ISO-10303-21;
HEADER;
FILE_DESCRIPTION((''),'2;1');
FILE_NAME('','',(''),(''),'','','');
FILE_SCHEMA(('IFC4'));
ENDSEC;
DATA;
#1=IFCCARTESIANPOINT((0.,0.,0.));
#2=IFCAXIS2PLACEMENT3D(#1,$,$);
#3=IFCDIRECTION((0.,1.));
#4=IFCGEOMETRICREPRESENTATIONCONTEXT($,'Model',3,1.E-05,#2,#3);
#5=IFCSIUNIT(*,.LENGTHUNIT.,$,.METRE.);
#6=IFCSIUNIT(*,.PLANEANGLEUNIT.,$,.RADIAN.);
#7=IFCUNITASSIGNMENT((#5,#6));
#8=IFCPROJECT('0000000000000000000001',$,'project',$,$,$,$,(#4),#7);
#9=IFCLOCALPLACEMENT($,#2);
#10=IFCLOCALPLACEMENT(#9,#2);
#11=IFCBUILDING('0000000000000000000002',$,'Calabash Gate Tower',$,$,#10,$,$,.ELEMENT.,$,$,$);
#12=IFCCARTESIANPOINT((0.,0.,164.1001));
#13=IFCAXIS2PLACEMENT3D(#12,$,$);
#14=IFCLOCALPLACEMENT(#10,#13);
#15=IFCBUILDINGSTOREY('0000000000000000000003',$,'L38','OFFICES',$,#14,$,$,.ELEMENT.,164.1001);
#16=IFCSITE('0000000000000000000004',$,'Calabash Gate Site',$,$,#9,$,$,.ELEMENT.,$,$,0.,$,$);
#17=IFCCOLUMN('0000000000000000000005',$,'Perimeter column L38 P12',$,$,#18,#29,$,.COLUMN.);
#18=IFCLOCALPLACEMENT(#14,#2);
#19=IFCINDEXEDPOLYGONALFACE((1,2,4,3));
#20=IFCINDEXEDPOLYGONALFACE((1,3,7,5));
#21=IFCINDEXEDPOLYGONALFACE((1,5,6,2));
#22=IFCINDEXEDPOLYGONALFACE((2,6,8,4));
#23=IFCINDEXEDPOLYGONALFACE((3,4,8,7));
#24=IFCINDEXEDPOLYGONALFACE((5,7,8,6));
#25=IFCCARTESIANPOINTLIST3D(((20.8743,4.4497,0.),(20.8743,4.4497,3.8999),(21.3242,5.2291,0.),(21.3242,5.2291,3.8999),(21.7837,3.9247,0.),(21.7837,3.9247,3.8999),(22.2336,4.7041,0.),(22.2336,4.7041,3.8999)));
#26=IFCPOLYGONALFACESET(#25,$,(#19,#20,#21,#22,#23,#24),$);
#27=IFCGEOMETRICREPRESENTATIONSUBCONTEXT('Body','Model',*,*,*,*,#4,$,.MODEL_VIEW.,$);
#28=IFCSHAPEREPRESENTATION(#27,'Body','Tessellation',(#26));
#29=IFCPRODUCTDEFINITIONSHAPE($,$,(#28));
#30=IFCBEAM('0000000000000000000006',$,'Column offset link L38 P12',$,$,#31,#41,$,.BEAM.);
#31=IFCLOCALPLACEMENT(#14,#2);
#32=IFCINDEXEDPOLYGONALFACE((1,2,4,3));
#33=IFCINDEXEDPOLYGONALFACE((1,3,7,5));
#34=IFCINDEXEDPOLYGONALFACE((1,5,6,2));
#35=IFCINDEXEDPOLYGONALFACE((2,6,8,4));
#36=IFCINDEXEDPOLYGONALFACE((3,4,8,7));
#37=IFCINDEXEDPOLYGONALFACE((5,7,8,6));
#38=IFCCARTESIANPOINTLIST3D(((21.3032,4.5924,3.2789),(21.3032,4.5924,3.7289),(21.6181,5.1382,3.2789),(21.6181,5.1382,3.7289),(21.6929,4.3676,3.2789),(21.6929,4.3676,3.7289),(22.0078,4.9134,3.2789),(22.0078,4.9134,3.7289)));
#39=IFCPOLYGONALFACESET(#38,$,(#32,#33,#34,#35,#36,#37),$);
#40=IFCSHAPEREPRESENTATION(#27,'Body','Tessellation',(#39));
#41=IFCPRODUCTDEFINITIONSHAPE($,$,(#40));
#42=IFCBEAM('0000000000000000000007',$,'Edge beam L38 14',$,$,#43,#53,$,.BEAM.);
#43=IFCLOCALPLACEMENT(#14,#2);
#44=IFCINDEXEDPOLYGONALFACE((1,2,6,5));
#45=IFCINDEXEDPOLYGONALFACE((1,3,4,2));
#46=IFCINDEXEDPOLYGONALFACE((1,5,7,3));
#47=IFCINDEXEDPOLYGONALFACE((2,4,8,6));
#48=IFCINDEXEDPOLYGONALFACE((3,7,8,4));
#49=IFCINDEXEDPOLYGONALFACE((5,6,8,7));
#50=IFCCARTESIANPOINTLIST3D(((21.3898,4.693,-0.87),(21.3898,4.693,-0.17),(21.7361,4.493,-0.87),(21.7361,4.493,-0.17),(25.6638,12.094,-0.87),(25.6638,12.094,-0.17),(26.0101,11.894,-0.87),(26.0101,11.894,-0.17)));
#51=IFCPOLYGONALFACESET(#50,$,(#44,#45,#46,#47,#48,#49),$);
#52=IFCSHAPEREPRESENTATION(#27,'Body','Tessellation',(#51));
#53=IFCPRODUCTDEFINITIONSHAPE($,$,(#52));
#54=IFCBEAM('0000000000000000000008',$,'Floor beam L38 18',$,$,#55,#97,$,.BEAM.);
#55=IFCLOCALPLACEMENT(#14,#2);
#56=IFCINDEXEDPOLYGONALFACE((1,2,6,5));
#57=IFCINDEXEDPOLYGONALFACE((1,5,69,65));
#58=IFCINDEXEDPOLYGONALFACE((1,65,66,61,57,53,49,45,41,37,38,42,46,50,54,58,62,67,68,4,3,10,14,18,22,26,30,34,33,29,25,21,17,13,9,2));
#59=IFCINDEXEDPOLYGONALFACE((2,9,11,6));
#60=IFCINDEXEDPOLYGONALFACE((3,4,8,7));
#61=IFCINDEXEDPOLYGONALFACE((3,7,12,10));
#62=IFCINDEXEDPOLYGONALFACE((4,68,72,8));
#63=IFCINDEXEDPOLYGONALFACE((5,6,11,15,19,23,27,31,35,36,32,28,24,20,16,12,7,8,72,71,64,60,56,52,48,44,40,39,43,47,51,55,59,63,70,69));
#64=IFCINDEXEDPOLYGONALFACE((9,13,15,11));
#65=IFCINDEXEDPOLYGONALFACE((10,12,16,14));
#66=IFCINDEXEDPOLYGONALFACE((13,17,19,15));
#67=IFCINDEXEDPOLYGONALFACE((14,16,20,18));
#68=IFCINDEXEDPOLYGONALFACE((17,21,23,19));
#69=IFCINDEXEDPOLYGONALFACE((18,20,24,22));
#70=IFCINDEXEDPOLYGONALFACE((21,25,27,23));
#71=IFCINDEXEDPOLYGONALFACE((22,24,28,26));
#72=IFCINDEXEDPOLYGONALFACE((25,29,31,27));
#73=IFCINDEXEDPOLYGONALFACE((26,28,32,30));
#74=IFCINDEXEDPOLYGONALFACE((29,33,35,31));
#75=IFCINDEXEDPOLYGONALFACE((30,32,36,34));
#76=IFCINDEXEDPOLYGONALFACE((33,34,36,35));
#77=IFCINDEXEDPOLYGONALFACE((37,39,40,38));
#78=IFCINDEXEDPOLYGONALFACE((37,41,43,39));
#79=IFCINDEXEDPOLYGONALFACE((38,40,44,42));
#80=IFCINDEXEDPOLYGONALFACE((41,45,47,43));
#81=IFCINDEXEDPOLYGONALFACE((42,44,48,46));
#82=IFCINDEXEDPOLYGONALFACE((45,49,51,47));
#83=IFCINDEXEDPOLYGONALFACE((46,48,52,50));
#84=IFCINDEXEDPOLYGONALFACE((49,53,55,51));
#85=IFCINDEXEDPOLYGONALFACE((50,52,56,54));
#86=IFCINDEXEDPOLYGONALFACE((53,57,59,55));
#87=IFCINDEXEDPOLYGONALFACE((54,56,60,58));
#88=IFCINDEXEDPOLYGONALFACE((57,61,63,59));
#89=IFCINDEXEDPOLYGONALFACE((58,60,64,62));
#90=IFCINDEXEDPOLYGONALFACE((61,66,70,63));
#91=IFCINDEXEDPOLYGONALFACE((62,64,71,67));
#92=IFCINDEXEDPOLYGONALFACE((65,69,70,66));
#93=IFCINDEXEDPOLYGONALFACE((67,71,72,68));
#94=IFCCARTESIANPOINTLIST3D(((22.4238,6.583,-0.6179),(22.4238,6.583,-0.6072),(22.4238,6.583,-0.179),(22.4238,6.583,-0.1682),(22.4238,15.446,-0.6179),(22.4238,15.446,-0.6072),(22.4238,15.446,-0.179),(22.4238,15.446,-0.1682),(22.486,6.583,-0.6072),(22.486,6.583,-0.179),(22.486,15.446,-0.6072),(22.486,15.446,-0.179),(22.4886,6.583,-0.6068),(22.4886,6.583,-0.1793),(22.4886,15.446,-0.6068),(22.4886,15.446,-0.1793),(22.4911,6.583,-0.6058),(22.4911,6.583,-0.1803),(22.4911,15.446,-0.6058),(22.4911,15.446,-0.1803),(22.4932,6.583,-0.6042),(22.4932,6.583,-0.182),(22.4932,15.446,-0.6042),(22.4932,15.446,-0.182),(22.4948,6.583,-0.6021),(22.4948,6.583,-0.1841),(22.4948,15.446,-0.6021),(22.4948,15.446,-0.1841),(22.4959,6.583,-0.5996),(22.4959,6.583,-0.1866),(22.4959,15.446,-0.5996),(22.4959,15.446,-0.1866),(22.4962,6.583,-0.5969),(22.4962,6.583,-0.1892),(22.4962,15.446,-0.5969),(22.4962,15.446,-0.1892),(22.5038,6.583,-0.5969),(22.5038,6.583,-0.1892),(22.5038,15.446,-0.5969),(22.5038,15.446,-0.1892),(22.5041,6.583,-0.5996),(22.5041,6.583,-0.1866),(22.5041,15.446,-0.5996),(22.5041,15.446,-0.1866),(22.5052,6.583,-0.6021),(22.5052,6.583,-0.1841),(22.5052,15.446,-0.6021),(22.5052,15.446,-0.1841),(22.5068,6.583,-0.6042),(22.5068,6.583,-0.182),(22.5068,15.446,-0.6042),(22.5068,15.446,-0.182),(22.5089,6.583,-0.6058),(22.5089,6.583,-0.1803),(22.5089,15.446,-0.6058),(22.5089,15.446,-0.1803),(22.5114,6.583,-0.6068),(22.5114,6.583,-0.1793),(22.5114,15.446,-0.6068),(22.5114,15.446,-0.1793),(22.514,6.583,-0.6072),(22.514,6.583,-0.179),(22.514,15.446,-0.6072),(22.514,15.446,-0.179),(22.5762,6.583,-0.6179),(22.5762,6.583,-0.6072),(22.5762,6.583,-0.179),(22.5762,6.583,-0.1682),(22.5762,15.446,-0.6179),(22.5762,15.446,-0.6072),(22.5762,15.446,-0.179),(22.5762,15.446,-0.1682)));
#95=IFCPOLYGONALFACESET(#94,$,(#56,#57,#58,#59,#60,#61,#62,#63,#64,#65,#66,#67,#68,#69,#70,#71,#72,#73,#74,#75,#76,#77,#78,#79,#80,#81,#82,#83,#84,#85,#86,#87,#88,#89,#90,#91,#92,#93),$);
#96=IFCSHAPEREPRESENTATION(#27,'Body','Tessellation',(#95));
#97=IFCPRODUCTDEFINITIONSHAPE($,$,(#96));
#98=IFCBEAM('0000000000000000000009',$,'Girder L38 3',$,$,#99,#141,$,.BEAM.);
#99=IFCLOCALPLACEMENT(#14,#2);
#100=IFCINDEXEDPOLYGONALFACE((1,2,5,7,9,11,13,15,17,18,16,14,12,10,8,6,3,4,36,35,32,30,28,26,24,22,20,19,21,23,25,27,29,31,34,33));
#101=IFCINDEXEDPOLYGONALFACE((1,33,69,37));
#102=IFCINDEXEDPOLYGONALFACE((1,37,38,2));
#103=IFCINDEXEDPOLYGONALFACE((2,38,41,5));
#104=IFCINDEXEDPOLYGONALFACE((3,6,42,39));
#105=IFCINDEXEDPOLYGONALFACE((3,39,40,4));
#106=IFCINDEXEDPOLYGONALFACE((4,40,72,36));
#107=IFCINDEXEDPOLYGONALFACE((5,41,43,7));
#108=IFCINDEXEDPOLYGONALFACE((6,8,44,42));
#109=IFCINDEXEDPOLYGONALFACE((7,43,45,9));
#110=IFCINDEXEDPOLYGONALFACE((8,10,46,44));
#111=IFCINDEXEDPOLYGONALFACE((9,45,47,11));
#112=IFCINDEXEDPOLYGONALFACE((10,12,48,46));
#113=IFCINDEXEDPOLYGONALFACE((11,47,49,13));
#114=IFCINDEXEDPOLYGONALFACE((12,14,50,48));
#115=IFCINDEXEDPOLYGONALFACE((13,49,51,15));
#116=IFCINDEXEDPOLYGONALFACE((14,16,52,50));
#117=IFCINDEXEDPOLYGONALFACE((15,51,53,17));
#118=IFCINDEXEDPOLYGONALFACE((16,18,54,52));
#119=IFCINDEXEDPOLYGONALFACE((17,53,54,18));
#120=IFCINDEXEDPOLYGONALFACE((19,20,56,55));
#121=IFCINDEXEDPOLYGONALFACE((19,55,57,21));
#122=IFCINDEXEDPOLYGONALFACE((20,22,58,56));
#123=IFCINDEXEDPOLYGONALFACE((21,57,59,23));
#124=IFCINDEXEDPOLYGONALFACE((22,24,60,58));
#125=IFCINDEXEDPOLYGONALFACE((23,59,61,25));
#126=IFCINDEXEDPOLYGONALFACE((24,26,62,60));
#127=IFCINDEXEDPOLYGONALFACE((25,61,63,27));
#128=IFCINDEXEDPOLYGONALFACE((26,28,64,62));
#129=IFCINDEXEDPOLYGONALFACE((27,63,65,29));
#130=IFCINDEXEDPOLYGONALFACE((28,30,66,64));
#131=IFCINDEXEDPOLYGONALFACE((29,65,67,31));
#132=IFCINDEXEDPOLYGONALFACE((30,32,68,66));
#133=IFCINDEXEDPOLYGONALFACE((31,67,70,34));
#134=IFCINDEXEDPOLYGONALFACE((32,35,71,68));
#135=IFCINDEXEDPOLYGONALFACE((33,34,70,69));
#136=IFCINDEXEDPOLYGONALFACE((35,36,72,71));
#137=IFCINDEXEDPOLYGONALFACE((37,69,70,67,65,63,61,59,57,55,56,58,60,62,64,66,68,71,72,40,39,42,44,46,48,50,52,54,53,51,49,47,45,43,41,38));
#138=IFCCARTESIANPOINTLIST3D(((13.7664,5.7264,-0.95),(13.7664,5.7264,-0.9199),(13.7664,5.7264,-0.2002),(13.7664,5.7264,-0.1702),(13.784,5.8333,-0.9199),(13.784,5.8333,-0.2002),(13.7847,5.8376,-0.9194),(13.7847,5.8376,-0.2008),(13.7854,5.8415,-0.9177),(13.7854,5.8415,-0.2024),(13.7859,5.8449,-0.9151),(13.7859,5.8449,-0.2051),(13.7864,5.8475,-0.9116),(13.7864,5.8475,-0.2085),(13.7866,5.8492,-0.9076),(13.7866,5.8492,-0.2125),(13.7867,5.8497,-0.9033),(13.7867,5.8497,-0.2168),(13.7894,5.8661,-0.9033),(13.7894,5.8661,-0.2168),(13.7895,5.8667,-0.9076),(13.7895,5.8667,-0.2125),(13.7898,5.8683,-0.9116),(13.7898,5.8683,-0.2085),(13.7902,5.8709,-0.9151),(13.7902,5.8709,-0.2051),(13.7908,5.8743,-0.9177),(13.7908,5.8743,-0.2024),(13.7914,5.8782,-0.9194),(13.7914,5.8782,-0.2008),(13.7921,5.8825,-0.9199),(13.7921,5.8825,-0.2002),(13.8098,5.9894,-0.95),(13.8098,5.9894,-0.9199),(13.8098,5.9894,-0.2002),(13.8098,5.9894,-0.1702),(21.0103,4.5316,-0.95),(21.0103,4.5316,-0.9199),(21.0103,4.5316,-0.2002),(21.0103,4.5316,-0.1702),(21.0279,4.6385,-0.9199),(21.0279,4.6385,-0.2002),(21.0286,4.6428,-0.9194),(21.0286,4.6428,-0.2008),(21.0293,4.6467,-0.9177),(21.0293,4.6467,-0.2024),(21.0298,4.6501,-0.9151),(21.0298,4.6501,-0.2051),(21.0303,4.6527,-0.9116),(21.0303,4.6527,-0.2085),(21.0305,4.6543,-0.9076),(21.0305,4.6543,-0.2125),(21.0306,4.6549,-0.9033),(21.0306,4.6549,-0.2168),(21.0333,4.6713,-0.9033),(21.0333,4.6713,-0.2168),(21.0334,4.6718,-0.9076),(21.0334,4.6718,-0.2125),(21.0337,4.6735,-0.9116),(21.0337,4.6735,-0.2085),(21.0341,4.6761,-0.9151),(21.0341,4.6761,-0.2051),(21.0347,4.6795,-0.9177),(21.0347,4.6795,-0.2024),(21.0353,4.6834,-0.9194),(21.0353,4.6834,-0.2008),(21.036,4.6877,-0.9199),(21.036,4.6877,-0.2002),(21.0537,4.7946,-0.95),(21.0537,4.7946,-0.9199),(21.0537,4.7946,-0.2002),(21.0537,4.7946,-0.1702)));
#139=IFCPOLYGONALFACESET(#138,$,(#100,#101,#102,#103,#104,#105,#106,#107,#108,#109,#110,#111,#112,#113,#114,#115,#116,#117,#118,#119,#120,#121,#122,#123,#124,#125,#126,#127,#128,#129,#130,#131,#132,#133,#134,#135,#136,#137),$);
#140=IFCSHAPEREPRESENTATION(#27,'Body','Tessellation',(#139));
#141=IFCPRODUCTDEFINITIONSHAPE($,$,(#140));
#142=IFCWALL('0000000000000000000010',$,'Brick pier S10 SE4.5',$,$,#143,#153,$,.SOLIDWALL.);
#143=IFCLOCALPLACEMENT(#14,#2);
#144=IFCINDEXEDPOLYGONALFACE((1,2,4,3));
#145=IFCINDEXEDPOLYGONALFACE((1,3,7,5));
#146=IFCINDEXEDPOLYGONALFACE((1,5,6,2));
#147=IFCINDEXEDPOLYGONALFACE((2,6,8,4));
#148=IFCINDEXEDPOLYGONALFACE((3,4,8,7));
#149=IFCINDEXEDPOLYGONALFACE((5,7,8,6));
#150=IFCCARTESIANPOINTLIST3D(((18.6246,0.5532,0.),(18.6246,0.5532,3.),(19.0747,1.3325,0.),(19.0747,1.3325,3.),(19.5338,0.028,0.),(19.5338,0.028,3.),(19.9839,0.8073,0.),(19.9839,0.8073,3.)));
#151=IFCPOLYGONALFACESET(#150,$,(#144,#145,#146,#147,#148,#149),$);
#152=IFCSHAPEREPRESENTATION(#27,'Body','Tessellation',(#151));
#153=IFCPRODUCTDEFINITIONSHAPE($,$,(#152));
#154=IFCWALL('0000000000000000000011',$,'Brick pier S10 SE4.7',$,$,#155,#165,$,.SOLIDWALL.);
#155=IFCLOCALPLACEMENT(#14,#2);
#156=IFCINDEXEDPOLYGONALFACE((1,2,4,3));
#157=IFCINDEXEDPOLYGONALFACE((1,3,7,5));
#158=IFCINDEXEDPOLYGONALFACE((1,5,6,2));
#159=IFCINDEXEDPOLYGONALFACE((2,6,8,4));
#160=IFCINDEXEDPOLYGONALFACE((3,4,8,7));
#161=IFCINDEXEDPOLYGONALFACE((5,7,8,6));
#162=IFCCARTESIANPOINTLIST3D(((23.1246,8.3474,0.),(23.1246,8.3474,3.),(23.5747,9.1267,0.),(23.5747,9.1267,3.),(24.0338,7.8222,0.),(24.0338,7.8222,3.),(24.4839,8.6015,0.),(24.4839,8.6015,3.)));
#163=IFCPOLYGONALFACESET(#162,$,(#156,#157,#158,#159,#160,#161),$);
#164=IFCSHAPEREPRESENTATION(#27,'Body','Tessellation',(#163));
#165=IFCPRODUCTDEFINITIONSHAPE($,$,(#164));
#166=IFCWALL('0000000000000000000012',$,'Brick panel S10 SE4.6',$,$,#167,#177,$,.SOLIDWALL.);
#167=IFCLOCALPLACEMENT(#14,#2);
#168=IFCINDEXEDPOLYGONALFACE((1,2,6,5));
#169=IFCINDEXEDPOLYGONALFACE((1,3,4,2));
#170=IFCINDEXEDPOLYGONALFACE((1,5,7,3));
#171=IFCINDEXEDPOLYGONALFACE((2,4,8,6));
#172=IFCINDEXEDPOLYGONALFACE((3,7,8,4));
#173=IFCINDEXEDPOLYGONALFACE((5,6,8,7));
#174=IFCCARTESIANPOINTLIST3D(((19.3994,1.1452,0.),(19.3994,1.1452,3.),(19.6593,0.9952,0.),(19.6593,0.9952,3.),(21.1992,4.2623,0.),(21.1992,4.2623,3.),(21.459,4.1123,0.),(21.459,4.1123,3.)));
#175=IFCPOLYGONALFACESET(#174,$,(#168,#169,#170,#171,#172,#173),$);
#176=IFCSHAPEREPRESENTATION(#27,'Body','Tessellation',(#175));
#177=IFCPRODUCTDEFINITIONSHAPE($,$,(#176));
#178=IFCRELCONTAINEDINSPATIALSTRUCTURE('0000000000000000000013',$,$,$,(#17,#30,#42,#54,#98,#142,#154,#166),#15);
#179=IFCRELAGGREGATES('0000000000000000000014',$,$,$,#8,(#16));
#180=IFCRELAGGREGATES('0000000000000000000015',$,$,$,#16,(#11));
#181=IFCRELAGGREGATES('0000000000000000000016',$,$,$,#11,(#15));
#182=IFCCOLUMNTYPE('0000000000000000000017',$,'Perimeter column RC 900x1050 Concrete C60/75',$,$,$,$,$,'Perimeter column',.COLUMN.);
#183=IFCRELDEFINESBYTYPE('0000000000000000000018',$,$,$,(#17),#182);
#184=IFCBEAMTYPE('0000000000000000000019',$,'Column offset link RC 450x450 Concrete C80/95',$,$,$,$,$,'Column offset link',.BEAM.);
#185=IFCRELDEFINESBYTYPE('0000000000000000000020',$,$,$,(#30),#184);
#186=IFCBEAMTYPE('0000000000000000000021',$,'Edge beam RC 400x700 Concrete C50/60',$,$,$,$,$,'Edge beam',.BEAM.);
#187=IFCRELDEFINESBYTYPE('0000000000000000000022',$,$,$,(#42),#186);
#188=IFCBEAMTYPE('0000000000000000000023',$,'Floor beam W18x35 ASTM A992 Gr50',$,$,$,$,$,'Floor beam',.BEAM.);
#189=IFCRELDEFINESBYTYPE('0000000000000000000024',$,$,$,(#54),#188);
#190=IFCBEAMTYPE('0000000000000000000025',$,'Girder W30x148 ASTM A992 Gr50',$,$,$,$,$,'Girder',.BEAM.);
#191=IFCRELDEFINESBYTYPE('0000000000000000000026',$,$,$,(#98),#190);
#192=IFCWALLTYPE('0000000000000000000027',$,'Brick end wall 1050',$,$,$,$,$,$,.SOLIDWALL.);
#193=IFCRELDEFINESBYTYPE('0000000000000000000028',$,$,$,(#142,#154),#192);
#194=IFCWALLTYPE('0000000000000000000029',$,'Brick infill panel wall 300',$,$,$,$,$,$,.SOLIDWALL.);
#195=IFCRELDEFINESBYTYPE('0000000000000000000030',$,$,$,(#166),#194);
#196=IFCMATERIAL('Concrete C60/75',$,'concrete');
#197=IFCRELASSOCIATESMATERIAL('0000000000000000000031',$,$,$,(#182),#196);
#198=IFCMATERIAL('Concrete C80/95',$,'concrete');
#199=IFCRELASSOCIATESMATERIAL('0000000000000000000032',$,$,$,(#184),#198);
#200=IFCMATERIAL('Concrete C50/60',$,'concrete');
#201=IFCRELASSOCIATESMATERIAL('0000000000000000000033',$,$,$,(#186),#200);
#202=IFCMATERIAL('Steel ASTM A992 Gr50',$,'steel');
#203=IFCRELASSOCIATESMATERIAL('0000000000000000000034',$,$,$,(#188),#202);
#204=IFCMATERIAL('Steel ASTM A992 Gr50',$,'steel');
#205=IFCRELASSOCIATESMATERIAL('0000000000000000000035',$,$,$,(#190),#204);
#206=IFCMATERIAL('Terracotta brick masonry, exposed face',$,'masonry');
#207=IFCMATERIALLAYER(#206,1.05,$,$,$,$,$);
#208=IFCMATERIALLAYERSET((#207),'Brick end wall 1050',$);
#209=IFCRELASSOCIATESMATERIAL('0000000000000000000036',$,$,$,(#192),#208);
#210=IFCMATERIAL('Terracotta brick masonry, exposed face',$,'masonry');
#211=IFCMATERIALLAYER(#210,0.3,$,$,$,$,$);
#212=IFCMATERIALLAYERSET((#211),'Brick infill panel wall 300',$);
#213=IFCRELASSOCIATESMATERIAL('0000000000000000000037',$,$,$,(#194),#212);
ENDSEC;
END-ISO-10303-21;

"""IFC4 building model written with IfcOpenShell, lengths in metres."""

from ifc_helpers import new_model, si_unit, direction, frame, frame_2d, origin, origin_2d, place, context, subcontext, project, spatial, rectangle, i_section, extrude, material, layer, layer_set, material_profile, profile_set, type_object, element, save


model = new_model("IFC4")

# Units and contexts
model_context = context("Model", 3, precision=1e-05, world=origin(), true_north=direction((0.0, 1.0)))
body_context = subcontext(model_context, "Body", "Model", "MODEL_VIEW")
ifc_project = project(units=[si_unit("LENGTHUNIT", "METRE"), si_unit("PLANEANGLEUNIT", "RADIAN")], contexts=[model_context])

# Site, building, storey
site_placement = place(None, origin())
site = spatial("IfcSite", under=ifc_project, at=site_placement, Name="Calabash Gate Site", CompositionType="ELEMENT", RefElevation=0.0)
building_placement = place(site_placement, origin())
building = spatial("IfcBuilding", under=site, at=building_placement, Name="Calabash Gate Tower", CompositionType="ELEMENT")
storey_placement = place(building_placement, frame((0.0, 0.0, 164.1001)))
storey = spatial("IfcBuildingStorey", under=building, at=storey_placement, Name="L38", Description="OFFICES", CompositionType="ELEMENT", Elevation=164.1001)

# Column
ifc_material_1 = material(Name="Concrete C60/75", Category="concrete")
ifc_material_profile_1 = material_profile(ifc_material_1, rectangle(XDim=0.8999, YDim=1.05, at=origin_2d()))
ifc_profile_set_1 = profile_set([ifc_material_profile_1], Name="Concrete C60/75")
column_type = type_object("IfcColumnType", Name="Perimeter column RC 900x1050 Concrete C60/75", ElementType="Perimeter column", PredefinedType="COLUMN", material=ifc_profile_set_1)
column_placement = place(storey_placement, frame((21.554, 4.5769, 0.0), z_axis=(0.0, 0.0, 1.0), x_axis=(0.5, 0.866025, 0.0)))
element("IfcColumn", 1, at=column_placement, inside=storey, type_object=column_type, Name="Perimeter column L38 P12", PredefinedType="COLUMN", context=body_context, shape_type="SweptSolid", body=[
    extrude(rectangle(XDim=0.8999, YDim=1.05, at=origin_2d()), origin(), (0.0, 0.0, 1.0), 3.8999),
])

# Beams
ifc_material_2 = material(Name="Concrete C80/95", Category="concrete")
ifc_material_profile_2 = material_profile(ifc_material_2, rectangle(XDim=0.45, YDim=0.45, at=origin_2d()))
ifc_profile_set_2 = profile_set([ifc_material_profile_2], Name="Concrete C80/95")
beam_type_1 = type_object("IfcBeamType", Name="Column offset link RC 450x450 Concrete C80/95", ElementType="Column offset link", PredefinedType="BEAM", material=ifc_profile_set_2)
beam_1_placement = place(storey_placement, frame((21.498, 4.48, 3.5039), z_axis=(0.499722, 0.866186, 0.0), x_axis=(-0.866186, 0.499722, 0.0)))
element("IfcBeam", 2, at=beam_1_placement, inside=storey, type_object=beam_type_1, Name="Column offset link L38 P12", PredefinedType="BEAM", context=body_context, shape_type="SweptSolid", body=[
    extrude(rectangle(XDim=0.45, YDim=0.45, at=origin_2d()), origin(), (0.0, 0.0, 1.0), 0.6301),
])
ifc_material_3 = material(Name="Concrete C50/60", Category="concrete")
ifc_material_profile_3 = material_profile(ifc_material_3, rectangle(XDim=0.3999, YDim=0.7, at=origin_2d()))
ifc_profile_set_3 = profile_set([ifc_material_profile_3], Name="Concrete C50/60")
beam_type_2 = type_object("IfcBeamType", Name="Edge beam RC 400x700 Concrete C50/60", ElementType="Edge beam", PredefinedType="BEAM", material=ifc_profile_set_3)
beam_2_placement = place(storey_placement, frame((21.563, 4.593, -0.52), z_axis=(0.50009, 0.865973, 0.0), x_axis=(-0.865973, 0.50009, 0.0)))
element("IfcBeam", 3, at=beam_2_placement, inside=storey, type_object=beam_type_2, Name="Edge beam L38 14", PredefinedType="BEAM", context=body_context, shape_type="SweptSolid", body=[
    extrude(rectangle(XDim=0.3999, YDim=0.7, at=origin_2d()), origin(), (0.0, 0.0, 1.0), 8.5464),
])
ifc_material_4 = material(Name="Steel ASTM A992 Gr50", Category="steel")
ifc_material_profile_4 = material_profile(ifc_material_4, i_section(OverallWidth=0.1523, OverallDepth=0.4497, WebThickness=0.0076, FlangeThickness=0.0107, FilletRadius=0.0103, at=origin_2d()))
ifc_profile_set_4 = profile_set([ifc_material_profile_4], Name="Steel ASTM A992 Gr50")
beam_type_3 = type_object("IfcBeamType", Name="Floor beam W18x35 ASTM A992 Gr50", ElementType="Floor beam", PredefinedType="BEAM", material=ifc_profile_set_4)
beam_3_placement = place(storey_placement, frame((22.5, 6.583, -0.3931), z_axis=(0.0, 1.0, 0.0), x_axis=(-1.0, 0.0, 0.0)))
element("IfcBeam", 4, at=beam_3_placement, inside=storey, type_object=beam_type_3, Name="Floor beam L38 18", PredefinedType="BEAM", context=body_context, shape_type="SweptSolid", body=[
    extrude(i_section(OverallWidth=0.1523, OverallDepth=0.4497, WebThickness=0.0076, FlangeThickness=0.0107, FilletRadius=0.0103, at=origin_2d()), origin(), (0.0, 0.0, 1.0), 8.863),
])
ifc_material_5 = material(Name="Steel ASTM A992 Gr50", Category="steel")
ifc_material_profile_5 = material_profile(ifc_material_5, i_section(OverallWidth=0.2666, OverallDepth=0.7798, WebThickness=0.0166, FlangeThickness=0.03, FilletRadius=0.0166, at=origin_2d()))
ifc_profile_set_5 = profile_set([ifc_material_profile_5], Name="Steel ASTM A992 Gr50")
beam_type_4 = type_object("IfcBeamType", Name="Girder W30x148 ASTM A992 Gr50", ElementType="Girder", PredefinedType="BEAM", material=ifc_profile_set_5)
beam_4_placement = place(storey_placement, frame((21.032, 4.6631, -0.5601), z_axis=(-0.986668, 0.162743, 0.0), x_axis=(-0.162743, -0.986668, 0.0)))
element("IfcBeam", 5, at=beam_4_placement, inside=storey, type_object=beam_type_4, Name="Girder L38 3", PredefinedType="BEAM", context=body_context, shape_type="SweptSolid", body=[
    extrude(i_section(OverallWidth=0.2666, OverallDepth=0.7798, WebThickness=0.0166, FlangeThickness=0.03, FilletRadius=0.0166, at=origin_2d()), origin(), (0.0, 0.0, 1.0), 7.3418),
])

# Walls
ifc_material_6 = material(Name="Terracotta brick masonry, exposed face", Category="masonry")
ifc_layer_1 = layer(ifc_material_6, 1.05)
ifc_layer_set_1 = layer_set([ifc_layer_1], Name="Brick end wall 1050")
wall_type_1 = type_object("IfcWallType", Name="Brick end wall 1050", PredefinedType="SOLIDWALL", material=ifc_layer_set_1)
for number, where, z_axis, x_axis, name in (
    (6, (19.7588, 0.4177, 0.0), (0.0, 0.0, 1.0), (-0.86593, 0.500165, 0.0), "Brick pier S10 SE4.5"),
    (7, (24.2588, 8.2119, 0.0), (0.0, 0.0, 1.0), (-0.86593, 0.500165, 0.0), "Brick pier S10 SE4.7"),
):
    element("IfcWall", number, at=place(storey_placement, frame(where, z_axis=z_axis, x_axis=x_axis)), inside=storey, type_object=wall_type_1, Name=name, PredefinedType="SOLIDWALL", context=body_context, shape_type="SweptSolid", body=[
        extrude(rectangle(XDim=1.05, YDim=0.8999, at=frame_2d((0.5249, 0.0))), origin(), (0.0, 0.0, 1.0), 3.0),
    ])
ifc_material_7 = material(Name="Terracotta brick masonry, exposed face", Category="masonry")
ifc_layer_2 = layer(ifc_material_7, 0.3)
ifc_layer_set_2 = layer_set([ifc_layer_2], Name="Brick infill panel wall 300")
wall_type_2 = type_object("IfcWallType", Name="Brick infill panel wall 300", PredefinedType="SOLIDWALL", material=ifc_layer_set_2)
wall_1_placement = place(storey_placement, frame((19.5293, 1.0701, 0.0), z_axis=(0.0, 0.0, 1.0), x_axis=(0.50002, 0.866014, 0.0)))
element("IfcWall", 8, at=wall_1_placement, inside=storey, type_object=wall_type_2, Name="Brick panel S10 SE4.6", PredefinedType="SOLIDWALL", context=body_context, shape_type="SweptSolid", body=[
    extrude(rectangle(XDim=3.5994, YDim=0.3, at=frame_2d((1.7998, 0.0))), origin(), (0.0, 0.0, 1.0), 3.0),
])

save(model, "model.ifc")
